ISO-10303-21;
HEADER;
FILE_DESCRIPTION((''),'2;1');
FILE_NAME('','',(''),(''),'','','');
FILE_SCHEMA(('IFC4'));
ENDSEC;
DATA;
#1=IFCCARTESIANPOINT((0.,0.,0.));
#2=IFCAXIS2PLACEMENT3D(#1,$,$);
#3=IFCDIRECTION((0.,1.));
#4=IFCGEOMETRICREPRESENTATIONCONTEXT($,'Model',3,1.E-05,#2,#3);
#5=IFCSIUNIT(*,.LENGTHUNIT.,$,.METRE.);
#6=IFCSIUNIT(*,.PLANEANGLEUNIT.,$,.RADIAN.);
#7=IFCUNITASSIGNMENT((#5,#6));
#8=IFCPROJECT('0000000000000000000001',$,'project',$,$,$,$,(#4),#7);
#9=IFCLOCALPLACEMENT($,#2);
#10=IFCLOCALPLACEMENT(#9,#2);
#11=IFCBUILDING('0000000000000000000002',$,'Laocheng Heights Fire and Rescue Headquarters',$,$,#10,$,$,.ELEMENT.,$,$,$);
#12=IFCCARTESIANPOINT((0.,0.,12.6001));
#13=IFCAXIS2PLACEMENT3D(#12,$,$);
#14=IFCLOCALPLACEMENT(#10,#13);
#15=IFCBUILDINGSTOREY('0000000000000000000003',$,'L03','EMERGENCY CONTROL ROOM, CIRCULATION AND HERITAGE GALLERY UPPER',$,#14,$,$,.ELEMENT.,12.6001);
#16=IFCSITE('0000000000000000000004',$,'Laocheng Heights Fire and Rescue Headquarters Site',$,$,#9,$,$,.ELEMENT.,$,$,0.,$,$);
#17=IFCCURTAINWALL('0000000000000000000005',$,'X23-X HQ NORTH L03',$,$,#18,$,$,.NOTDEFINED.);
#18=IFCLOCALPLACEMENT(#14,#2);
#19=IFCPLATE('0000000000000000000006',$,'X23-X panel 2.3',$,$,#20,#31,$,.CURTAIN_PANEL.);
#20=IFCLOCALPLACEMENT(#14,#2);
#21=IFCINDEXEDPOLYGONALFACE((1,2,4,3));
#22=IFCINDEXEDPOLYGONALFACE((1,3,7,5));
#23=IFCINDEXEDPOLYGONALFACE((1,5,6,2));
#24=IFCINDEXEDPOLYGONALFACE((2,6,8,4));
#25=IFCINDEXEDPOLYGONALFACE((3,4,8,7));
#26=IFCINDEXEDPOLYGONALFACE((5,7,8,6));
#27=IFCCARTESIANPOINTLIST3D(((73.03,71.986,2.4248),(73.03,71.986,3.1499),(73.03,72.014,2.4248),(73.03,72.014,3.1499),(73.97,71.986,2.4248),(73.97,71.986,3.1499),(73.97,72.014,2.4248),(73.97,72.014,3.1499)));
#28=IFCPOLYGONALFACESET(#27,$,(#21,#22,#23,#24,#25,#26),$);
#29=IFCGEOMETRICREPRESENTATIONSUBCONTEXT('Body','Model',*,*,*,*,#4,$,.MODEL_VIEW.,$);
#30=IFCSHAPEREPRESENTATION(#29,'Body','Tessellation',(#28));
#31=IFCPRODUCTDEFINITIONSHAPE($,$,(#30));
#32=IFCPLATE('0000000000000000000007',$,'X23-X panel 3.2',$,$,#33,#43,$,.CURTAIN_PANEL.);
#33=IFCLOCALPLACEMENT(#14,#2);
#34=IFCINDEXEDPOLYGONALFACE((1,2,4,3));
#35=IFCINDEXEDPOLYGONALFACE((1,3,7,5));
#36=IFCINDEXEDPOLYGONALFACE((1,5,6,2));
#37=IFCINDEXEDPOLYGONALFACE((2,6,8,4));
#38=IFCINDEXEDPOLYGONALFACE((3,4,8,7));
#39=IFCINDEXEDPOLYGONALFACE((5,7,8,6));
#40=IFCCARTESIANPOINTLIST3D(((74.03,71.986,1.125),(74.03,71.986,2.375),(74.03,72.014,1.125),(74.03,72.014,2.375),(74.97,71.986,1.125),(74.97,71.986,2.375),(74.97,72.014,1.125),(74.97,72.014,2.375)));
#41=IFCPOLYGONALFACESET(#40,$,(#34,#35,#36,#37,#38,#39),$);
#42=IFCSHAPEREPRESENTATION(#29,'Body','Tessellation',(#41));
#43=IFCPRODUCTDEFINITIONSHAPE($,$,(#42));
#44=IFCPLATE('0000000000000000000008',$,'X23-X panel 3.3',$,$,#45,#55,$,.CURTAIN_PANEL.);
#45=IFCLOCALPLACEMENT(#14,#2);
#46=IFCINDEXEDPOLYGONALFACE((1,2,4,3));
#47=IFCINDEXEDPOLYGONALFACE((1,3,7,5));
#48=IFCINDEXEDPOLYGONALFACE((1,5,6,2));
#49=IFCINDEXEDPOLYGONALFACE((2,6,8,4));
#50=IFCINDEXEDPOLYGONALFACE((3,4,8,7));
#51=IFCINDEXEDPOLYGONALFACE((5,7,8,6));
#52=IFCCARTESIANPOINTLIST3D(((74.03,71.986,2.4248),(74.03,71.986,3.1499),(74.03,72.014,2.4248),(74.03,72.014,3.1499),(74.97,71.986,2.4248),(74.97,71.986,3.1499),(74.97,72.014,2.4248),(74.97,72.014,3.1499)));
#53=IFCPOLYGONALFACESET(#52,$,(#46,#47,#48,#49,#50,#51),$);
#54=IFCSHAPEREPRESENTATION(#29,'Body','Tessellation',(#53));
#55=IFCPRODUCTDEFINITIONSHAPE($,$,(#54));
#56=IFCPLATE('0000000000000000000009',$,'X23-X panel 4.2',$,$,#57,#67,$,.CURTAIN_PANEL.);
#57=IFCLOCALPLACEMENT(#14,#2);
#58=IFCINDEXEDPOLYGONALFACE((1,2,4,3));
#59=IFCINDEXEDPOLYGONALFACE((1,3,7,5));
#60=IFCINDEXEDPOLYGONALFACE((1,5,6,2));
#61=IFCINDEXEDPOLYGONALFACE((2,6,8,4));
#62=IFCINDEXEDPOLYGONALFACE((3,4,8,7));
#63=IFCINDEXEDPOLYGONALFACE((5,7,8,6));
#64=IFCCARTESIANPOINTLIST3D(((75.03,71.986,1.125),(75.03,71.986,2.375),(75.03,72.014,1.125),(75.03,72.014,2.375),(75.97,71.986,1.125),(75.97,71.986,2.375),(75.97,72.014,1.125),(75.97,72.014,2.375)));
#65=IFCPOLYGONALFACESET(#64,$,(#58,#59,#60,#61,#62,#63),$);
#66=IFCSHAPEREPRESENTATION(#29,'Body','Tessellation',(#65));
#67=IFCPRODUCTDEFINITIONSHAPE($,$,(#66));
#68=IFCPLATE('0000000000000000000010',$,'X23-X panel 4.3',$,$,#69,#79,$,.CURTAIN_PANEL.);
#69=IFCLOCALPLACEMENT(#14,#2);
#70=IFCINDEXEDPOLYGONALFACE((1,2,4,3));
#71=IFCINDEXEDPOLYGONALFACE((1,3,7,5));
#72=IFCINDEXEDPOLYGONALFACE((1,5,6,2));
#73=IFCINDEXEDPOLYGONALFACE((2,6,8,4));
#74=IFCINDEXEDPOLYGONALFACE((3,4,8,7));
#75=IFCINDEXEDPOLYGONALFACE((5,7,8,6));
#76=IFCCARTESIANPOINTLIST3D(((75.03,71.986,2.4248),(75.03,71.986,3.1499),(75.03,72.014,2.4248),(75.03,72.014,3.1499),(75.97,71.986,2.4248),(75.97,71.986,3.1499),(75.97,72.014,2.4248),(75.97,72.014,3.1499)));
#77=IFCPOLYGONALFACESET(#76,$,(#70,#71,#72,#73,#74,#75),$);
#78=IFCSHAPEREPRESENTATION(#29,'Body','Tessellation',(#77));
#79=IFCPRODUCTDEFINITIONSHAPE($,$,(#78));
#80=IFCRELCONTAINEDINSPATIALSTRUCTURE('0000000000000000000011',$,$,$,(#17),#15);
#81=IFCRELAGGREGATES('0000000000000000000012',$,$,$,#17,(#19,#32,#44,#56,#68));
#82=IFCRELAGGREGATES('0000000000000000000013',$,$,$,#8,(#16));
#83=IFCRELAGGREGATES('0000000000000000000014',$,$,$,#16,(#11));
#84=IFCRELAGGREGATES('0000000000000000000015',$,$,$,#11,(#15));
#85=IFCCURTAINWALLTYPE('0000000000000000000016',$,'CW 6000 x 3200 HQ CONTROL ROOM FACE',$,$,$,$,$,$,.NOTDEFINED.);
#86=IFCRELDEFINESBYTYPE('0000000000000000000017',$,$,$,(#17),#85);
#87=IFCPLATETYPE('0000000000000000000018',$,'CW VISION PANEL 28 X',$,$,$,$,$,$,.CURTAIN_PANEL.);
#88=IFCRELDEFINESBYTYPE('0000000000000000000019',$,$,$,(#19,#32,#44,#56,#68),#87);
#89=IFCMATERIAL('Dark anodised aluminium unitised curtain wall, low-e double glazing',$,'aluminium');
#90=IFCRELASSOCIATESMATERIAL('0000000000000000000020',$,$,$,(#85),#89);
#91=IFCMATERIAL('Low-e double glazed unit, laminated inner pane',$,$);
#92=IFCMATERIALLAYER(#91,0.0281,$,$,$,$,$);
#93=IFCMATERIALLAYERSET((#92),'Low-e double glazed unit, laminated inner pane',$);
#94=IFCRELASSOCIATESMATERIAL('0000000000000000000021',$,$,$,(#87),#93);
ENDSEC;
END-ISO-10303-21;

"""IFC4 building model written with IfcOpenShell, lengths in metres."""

from ifc_helpers import new_model, si_unit, direction, frame, origin, origin_2d, place, context, subcontext, project, spatial, rectangle, extrude, material, layer, layer_set, type_object, element, aggregate, save


model = new_model("IFC4")

# Units and contexts
model_context = context("Model", 3, precision=1e-05, world=origin(), true_north=direction((0.0, 1.0)))
body_context = subcontext(model_context, "Body", "Model", "MODEL_VIEW")
ifc_project = project(units=[si_unit("LENGTHUNIT", "METRE"), si_unit("PLANEANGLEUNIT", "RADIAN")], contexts=[model_context])

# Site, building, storey
site_placement = place(None, origin())
site = spatial("IfcSite", under=ifc_project, at=site_placement, Name="Laocheng Heights Fire and Rescue Headquarters Site", CompositionType="ELEMENT", RefElevation=0.0)
building_placement = place(site_placement, origin())
building = spatial("IfcBuilding", under=site, at=building_placement, Name="Laocheng Heights Fire and Rescue Headquarters", CompositionType="ELEMENT")
storey_placement = place(building_placement, frame((0.0, 0.0, 12.6001)))
storey = spatial("IfcBuildingStorey", under=building, at=storey_placement, Name="L03", Description="EMERGENCY CONTROL ROOM, CIRCULATION AND HERITAGE GALLERY UPPER", CompositionType="ELEMENT", Elevation=12.6001)

# Curtain wall, plates
ifc_material_1 = material(Name="Dark anodised aluminium unitised curtain wall, low-e double glazing", Category="aluminium")
curtain_wall_type = type_object("IfcCurtainWallType", Name="CW 6000 x 3200 HQ CONTROL ROOM FACE", PredefinedType="NOTDEFINED", material=ifc_material_1)
curtain_wall_placement = place(storey_placement, origin())
curtain_wall = element("IfcCurtainWall", 1, at=curtain_wall_placement, inside=storey, type_object=curtain_wall_type, Name="X23-X HQ NORTH L03", PredefinedType="NOTDEFINED")
ifc_material_2 = material(Name="Low-e double glazed unit, laminated inner pane")
ifc_layer_1 = layer(ifc_material_2, 0.0281)
ifc_layer_set_1 = layer_set([ifc_layer_1], Name="Low-e double glazed unit, laminated inner pane")
plate_type_1 = type_object("IfcPlateType", Name="CW VISION PANEL 28 X", PredefinedType="CURTAIN_PANEL", material=ifc_layer_set_1)
plate_1_placement = place(storey_placement, frame((73.5, 72.0, 2.4248), z_axis=(0.0, 0.0, 1.0), x_axis=(1.0, 0.0, 0.0)))
plate_1 = element("IfcPlate", 2, at=plate_1_placement, type_object=plate_type_1, Name="X23-X panel 2.3", PredefinedType="CURTAIN_PANEL", context=body_context, shape_type="SweptSolid", body=[
    extrude(rectangle(XDim=0.9399, YDim=0.0281, at=origin_2d()), origin(), (0.0, 0.0, 1.0), 0.7251),
])
plate_2_placement = place(storey_placement, frame((74.5, 72.0, 1.125), z_axis=(0.0, 0.0, 1.0), x_axis=(1.0, 0.0, 0.0)))
plate_2 = element("IfcPlate", 3, at=plate_2_placement, type_object=plate_type_1, Name="X23-X panel 3.2", PredefinedType="CURTAIN_PANEL", context=body_context, shape_type="SweptSolid", body=[
    extrude(rectangle(XDim=0.9399, YDim=0.0281, at=origin_2d()), origin(), (0.0, 0.0, 1.0), 1.25),
])
plate_3_placement = place(storey_placement, frame((74.5, 72.0, 2.4248), z_axis=(0.0, 0.0, 1.0), x_axis=(1.0, 0.0, 0.0)))
plate_3 = element("IfcPlate", 4, at=plate_3_placement, type_object=plate_type_1, Name="X23-X panel 3.3", PredefinedType="CURTAIN_PANEL", context=body_context, shape_type="SweptSolid", body=[
    extrude(rectangle(XDim=0.9399, YDim=0.0281, at=origin_2d()), origin(), (0.0, 0.0, 1.0), 0.7251),
])
plate_4_placement = place(storey_placement, frame((75.5, 72.0, 1.125), z_axis=(0.0, 0.0, 1.0), x_axis=(1.0, 0.0, 0.0)))
plate_4 = element("IfcPlate", 5, at=plate_4_placement, type_object=plate_type_1, Name="X23-X panel 4.2", PredefinedType="CURTAIN_PANEL", context=body_context, shape_type="SweptSolid", body=[
    extrude(rectangle(XDim=0.9399, YDim=0.0281, at=origin_2d()), origin(), (0.0, 0.0, 1.0), 1.25),
])
plate_5_placement = place(storey_placement, frame((75.5, 72.0, 2.4248), z_axis=(0.0, 0.0, 1.0), x_axis=(1.0, 0.0, 0.0)))
plate_5 = element("IfcPlate", 6, at=plate_5_placement, type_object=plate_type_1, Name="X23-X panel 4.3", PredefinedType="CURTAIN_PANEL", context=body_context, shape_type="SweptSolid", body=[
    extrude(rectangle(XDim=0.9399, YDim=0.0281, at=origin_2d()), origin(), (0.0, 0.0, 1.0), 0.7251),
])
aggregate(curtain_wall, [plate_1, plate_2, plate_3, plate_4, plate_5])

save(model, "model.ifc")
